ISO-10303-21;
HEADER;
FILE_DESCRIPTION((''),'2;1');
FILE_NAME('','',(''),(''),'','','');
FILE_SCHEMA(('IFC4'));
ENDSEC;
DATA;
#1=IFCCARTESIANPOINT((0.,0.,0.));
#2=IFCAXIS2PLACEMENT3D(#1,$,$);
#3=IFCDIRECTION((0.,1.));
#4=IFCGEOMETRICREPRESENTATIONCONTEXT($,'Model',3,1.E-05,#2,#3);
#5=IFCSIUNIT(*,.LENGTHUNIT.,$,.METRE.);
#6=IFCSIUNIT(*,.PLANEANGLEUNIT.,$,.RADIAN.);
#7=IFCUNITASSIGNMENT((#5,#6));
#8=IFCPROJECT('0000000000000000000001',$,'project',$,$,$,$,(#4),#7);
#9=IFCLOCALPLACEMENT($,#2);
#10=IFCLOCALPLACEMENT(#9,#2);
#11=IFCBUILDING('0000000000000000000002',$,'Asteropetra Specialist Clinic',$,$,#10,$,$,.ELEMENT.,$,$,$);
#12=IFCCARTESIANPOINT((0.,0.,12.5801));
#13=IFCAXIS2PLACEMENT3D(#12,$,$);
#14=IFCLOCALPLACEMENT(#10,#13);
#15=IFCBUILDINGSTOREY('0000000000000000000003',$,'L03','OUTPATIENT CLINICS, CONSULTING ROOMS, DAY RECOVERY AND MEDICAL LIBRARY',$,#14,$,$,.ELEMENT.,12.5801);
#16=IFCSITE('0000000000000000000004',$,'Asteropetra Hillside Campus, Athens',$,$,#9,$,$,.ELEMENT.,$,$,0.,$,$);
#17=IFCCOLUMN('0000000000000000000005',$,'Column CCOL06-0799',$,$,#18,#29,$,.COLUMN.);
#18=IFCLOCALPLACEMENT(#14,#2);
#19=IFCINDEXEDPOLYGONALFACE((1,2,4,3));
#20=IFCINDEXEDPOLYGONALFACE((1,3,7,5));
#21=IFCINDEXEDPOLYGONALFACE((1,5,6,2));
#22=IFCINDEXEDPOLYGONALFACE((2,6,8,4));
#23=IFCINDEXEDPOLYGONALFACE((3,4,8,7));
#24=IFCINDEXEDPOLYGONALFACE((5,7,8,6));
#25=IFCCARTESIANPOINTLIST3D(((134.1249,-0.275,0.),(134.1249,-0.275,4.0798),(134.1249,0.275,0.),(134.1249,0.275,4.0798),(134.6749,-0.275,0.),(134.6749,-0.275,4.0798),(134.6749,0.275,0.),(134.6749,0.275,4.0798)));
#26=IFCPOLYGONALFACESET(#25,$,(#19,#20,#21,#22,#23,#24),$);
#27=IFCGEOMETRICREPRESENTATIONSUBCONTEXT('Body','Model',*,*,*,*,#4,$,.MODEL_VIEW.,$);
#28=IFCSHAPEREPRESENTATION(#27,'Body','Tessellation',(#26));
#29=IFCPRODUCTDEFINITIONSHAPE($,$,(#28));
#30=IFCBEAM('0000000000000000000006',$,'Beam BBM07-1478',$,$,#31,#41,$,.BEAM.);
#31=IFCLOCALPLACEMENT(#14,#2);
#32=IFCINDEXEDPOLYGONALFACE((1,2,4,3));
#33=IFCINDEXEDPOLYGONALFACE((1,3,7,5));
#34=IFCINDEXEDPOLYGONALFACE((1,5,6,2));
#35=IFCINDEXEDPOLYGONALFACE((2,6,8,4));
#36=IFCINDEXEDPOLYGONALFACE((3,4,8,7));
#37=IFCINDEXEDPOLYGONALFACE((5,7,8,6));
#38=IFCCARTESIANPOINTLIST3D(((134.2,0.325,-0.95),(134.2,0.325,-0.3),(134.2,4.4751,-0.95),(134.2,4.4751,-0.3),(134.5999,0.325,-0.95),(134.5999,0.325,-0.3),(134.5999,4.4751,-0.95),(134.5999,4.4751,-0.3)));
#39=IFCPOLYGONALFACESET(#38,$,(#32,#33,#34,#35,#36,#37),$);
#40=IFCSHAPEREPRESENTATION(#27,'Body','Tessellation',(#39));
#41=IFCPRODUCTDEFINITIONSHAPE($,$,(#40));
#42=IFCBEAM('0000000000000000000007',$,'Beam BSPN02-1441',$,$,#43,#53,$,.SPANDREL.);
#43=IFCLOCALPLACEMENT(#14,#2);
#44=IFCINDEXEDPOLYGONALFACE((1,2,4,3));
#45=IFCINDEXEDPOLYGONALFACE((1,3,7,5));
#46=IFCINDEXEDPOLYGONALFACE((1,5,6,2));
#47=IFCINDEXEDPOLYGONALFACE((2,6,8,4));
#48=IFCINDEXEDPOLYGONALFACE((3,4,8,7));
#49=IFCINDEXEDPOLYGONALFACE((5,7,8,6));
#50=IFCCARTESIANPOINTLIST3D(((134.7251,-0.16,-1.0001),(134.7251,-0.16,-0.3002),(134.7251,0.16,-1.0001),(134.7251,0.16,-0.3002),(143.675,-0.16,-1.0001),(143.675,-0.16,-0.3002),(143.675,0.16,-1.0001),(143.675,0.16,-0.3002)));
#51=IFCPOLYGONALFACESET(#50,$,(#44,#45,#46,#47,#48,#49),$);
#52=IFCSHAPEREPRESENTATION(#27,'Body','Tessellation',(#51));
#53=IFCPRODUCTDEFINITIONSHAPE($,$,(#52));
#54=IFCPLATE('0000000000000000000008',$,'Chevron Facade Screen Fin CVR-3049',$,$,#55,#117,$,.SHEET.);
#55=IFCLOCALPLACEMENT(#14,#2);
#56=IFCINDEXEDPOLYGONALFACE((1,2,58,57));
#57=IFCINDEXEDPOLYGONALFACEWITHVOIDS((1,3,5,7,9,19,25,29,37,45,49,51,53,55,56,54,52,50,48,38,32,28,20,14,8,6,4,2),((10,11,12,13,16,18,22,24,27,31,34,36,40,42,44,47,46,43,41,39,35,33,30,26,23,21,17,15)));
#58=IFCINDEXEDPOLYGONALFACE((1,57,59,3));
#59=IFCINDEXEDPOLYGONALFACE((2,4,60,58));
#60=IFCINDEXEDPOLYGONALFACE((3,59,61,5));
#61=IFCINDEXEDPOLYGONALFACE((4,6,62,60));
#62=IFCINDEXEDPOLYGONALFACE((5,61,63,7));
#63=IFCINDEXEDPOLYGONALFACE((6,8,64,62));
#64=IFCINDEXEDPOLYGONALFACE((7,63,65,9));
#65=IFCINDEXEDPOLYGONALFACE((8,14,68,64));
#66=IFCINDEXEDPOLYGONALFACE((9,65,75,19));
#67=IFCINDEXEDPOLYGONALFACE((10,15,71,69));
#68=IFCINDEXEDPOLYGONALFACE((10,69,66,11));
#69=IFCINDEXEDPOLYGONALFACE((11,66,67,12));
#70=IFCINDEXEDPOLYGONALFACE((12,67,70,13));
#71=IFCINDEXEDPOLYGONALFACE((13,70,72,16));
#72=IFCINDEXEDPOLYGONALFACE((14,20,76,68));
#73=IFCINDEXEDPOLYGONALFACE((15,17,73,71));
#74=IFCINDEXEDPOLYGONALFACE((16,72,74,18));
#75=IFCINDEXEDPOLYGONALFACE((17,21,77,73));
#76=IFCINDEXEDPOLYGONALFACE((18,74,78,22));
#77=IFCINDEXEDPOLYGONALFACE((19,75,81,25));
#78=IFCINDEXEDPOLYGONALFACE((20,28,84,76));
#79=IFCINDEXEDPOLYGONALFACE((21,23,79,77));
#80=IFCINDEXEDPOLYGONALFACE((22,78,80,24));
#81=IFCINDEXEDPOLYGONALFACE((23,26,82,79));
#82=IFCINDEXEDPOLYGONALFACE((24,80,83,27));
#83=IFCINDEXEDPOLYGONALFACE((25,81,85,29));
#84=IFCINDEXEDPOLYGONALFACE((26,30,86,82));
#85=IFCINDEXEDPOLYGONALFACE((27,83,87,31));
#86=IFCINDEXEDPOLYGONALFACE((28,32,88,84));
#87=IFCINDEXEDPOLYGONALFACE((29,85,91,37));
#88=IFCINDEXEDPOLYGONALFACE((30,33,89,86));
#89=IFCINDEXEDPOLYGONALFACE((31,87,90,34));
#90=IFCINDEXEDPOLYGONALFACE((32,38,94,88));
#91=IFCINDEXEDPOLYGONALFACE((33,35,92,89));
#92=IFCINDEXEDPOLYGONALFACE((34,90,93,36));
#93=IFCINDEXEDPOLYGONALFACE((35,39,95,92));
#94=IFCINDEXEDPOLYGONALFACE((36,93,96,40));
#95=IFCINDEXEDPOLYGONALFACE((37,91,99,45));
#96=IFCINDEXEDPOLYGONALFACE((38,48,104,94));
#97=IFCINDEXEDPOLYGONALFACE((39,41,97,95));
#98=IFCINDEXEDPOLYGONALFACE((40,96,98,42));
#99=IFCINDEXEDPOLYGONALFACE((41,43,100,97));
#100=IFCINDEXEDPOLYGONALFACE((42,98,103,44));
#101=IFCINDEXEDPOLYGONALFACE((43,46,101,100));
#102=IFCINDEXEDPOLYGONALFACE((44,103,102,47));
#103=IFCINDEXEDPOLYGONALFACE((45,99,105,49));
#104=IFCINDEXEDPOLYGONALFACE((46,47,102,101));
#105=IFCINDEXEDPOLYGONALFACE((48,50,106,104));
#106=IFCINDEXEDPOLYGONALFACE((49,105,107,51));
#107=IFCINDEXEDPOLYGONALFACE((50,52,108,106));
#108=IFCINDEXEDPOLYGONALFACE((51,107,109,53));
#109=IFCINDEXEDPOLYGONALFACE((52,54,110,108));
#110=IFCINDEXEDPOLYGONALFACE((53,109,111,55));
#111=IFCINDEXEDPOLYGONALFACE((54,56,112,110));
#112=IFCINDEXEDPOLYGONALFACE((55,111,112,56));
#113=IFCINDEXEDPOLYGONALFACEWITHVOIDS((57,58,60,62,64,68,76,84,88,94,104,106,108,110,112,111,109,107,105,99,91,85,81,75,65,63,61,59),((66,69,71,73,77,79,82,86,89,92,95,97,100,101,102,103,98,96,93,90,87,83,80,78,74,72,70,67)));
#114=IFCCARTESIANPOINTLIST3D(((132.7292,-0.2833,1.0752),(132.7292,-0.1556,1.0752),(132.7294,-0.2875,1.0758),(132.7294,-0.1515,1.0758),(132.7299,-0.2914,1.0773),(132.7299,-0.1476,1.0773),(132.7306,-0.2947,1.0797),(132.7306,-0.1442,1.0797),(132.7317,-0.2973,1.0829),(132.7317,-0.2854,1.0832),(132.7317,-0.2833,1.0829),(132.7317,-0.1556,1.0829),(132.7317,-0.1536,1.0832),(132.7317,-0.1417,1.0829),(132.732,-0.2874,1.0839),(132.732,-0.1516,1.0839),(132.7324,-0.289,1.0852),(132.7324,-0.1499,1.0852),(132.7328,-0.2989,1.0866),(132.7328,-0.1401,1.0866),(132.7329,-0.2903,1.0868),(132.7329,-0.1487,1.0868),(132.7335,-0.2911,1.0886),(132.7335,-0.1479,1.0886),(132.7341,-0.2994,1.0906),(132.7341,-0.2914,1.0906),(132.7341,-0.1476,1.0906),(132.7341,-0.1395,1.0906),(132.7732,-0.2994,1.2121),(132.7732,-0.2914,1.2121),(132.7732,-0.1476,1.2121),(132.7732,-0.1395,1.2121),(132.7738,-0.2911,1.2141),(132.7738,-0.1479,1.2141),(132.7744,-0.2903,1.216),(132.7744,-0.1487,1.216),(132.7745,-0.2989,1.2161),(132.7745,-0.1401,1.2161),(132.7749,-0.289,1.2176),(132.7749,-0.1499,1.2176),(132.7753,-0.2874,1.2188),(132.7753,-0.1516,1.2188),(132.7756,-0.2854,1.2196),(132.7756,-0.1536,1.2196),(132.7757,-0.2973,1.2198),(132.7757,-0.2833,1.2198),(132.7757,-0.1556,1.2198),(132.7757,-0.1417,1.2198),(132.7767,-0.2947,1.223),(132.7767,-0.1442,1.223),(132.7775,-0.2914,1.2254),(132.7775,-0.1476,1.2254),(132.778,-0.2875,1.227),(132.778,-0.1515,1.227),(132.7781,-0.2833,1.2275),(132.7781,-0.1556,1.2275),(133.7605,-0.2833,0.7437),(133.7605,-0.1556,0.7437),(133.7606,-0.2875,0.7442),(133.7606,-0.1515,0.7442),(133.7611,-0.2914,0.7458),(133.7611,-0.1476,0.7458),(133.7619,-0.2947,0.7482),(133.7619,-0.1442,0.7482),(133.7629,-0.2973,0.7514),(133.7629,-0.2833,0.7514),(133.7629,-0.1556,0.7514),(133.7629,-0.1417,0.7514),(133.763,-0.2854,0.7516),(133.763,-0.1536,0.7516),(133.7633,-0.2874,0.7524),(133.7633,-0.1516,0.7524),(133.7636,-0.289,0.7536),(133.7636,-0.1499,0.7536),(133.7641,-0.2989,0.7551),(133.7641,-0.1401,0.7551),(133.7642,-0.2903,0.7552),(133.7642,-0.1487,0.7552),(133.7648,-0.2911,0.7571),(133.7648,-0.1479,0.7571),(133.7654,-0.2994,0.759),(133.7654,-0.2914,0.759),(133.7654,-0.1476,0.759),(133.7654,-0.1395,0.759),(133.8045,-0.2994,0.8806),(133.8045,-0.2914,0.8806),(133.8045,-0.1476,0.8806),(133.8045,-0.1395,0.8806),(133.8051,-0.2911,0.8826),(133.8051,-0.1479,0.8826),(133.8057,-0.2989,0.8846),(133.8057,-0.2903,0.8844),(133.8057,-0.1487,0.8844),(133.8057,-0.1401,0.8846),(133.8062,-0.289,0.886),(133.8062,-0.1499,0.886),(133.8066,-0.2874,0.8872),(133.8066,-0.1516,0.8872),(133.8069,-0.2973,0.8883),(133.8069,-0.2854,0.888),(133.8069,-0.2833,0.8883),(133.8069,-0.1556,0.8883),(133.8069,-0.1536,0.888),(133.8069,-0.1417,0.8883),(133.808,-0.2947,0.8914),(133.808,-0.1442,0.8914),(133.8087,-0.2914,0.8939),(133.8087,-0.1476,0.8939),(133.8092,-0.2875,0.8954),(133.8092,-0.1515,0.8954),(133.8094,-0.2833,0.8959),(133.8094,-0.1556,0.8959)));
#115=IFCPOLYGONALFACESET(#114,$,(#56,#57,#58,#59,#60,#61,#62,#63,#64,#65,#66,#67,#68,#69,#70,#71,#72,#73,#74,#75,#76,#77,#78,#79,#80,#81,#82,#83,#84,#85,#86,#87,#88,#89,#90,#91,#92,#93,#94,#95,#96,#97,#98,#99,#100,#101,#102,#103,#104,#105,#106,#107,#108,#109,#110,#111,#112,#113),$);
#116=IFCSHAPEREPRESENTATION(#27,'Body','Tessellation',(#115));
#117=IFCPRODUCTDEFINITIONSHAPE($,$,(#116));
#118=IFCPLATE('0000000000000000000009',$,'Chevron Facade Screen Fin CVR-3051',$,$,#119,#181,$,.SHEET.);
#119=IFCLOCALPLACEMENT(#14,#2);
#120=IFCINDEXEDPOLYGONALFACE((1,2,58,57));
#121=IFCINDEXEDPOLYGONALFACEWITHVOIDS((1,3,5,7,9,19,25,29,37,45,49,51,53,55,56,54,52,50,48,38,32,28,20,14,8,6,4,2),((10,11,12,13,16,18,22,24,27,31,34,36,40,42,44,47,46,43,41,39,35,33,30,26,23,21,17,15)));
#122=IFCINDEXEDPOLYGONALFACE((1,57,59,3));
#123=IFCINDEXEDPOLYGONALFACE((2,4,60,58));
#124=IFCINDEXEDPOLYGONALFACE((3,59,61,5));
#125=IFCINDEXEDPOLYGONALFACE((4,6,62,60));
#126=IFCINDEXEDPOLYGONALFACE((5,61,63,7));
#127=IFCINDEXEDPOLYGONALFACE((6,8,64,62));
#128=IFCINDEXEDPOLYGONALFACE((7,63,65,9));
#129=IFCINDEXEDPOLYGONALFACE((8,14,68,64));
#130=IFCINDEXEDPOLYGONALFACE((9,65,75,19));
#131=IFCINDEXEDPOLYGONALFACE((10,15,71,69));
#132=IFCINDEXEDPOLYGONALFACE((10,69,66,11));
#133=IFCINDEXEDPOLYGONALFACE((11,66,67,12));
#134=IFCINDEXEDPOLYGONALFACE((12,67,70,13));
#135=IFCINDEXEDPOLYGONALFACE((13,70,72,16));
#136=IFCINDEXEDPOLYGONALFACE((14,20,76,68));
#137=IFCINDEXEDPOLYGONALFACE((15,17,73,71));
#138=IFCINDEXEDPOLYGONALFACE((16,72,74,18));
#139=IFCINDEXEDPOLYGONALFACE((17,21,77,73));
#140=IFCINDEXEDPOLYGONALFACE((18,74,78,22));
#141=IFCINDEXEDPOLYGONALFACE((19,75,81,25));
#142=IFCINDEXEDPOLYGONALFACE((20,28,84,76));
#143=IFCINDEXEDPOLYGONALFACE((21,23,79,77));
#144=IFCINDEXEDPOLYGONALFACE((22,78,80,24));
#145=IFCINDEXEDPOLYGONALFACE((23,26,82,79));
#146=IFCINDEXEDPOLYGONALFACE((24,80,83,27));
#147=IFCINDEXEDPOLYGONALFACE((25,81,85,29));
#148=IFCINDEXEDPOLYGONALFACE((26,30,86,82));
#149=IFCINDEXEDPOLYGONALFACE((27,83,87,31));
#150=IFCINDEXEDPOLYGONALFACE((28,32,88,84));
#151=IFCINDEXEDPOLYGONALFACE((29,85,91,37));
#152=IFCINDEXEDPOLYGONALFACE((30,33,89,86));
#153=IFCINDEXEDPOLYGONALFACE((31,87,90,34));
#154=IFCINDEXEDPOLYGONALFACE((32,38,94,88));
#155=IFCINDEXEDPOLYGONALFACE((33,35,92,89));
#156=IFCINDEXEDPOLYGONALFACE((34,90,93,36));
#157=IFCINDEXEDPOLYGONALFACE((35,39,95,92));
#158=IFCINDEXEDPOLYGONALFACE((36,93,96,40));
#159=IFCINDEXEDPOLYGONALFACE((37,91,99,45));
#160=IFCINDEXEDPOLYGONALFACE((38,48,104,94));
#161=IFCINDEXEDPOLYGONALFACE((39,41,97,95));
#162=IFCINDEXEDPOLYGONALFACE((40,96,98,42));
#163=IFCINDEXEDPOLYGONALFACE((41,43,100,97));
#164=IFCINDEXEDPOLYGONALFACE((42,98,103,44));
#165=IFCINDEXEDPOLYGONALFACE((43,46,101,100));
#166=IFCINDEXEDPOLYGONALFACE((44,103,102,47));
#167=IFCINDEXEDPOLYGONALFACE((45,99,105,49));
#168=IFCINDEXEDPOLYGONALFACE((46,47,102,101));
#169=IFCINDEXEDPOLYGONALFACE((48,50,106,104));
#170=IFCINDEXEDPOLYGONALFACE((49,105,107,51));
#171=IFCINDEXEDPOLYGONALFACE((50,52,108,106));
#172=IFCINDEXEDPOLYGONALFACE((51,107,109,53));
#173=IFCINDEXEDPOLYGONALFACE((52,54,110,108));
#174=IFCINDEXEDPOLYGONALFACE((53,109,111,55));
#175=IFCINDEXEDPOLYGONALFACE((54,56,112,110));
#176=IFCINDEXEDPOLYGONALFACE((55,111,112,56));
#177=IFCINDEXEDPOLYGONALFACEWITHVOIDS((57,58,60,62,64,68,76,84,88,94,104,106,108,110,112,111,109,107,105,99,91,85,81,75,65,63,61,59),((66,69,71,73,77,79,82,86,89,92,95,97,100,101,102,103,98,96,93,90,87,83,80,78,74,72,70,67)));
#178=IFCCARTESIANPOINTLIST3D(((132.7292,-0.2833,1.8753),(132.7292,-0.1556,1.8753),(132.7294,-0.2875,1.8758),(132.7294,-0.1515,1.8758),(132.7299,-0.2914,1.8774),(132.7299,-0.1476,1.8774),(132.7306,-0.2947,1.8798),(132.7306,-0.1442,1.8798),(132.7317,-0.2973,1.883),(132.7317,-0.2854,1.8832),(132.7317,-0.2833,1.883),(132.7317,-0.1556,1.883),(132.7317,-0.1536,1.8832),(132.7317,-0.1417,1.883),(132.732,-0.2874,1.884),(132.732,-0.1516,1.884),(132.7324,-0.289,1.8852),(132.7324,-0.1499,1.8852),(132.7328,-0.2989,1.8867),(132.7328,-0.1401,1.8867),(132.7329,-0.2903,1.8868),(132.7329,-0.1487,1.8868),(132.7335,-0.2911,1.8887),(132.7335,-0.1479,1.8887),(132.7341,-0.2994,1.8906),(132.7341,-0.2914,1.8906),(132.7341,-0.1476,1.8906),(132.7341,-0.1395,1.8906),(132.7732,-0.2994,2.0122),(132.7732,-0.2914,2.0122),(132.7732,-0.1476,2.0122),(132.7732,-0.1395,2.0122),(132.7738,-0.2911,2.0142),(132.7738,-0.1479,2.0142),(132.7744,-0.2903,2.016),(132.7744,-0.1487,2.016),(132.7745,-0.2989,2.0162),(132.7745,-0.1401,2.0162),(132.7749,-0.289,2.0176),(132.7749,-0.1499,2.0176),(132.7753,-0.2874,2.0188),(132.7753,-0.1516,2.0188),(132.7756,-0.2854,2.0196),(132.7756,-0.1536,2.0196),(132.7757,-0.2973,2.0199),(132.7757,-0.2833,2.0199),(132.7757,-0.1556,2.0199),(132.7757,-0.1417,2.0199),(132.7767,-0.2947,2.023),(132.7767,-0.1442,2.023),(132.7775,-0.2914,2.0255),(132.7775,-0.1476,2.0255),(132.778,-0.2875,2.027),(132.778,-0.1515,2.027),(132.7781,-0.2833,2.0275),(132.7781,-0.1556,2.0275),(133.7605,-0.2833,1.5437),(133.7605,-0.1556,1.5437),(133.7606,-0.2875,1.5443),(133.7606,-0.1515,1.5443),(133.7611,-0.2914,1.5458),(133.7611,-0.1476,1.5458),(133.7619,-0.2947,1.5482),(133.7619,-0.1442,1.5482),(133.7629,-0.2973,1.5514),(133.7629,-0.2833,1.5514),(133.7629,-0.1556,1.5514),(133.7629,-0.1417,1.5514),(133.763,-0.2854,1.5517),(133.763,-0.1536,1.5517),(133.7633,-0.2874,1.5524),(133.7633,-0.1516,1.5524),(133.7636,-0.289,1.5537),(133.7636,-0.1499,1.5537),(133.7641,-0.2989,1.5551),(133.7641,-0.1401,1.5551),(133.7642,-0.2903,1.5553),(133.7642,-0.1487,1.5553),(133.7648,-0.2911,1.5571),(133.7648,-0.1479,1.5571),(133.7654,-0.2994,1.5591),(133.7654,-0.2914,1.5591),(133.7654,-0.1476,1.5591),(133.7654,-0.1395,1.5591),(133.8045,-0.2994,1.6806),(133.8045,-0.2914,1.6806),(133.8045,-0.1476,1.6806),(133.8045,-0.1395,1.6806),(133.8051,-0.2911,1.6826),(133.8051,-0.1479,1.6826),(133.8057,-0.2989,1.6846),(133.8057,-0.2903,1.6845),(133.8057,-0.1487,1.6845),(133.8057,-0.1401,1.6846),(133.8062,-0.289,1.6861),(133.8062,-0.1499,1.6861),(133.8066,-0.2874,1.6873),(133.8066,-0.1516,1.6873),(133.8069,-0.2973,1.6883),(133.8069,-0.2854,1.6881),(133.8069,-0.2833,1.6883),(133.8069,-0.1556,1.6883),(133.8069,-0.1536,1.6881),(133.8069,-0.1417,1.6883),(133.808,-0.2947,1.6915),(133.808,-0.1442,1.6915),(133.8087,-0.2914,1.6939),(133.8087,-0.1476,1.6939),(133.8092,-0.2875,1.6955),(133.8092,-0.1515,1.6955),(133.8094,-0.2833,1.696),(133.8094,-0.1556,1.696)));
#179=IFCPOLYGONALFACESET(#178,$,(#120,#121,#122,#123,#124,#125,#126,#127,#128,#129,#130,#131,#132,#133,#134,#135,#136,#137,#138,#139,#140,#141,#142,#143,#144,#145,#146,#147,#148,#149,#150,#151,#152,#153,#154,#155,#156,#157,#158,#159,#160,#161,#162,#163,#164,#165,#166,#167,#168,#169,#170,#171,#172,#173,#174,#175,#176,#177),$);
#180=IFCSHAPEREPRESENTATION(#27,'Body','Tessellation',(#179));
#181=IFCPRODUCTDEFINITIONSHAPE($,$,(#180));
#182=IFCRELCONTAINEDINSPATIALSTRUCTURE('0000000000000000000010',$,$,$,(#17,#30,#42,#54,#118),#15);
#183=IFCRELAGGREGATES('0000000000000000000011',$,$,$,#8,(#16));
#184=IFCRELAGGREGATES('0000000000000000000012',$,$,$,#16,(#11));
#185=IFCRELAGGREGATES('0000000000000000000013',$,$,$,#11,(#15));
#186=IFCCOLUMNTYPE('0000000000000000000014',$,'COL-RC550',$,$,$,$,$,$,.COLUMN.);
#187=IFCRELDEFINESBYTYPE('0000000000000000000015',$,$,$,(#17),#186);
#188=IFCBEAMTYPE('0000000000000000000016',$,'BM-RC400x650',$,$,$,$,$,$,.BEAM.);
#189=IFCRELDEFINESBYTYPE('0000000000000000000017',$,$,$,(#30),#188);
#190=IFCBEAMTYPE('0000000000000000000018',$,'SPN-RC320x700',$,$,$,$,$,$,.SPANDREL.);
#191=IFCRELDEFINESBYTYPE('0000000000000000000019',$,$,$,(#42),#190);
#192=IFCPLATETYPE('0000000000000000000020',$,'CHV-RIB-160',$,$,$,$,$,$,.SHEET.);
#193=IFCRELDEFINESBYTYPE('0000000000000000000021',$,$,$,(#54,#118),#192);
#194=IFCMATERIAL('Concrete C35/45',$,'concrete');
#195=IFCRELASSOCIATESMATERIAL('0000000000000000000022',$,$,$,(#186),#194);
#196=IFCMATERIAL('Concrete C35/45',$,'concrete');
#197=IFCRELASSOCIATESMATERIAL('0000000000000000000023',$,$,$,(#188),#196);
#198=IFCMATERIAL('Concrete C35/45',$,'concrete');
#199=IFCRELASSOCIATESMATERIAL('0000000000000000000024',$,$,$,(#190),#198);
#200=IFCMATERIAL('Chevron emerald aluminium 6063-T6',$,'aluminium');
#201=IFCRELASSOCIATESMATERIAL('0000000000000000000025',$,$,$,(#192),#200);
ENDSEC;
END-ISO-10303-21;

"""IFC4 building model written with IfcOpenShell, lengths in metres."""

from ifc_helpers import new_model, si_unit, direction, frame, origin, origin_2d, place, context, subcontext, project, spatial, rectangle, hollow_rectangle, extrude, material, material_profile, profile_set, type_object, element, save


model = new_model("IFC4")

# Units and contexts
model_context = context("Model", 3, precision=1e-05, world=origin(), true_north=direction((0.0, 1.0)))
body_context = subcontext(model_context, "Body", "Model", "MODEL_VIEW")
ifc_project = project(units=[si_unit("LENGTHUNIT", "METRE"), si_unit("PLANEANGLEUNIT", "RADIAN")], contexts=[model_context])

# Site, building, storey
site_placement = place(None, origin())
site = spatial("IfcSite", under=ifc_project, at=site_placement, Name="Asteropetra Hillside Campus, Athens", CompositionType="ELEMENT", RefElevation=0.0)
building_placement = place(site_placement, origin())
building = spatial("IfcBuilding", under=site, at=building_placement, Name="Asteropetra Specialist Clinic", CompositionType="ELEMENT")
storey_placement = place(building_placement, frame((0.0, 0.0, 12.5801)))
storey = spatial("IfcBuildingStorey", under=building, at=storey_placement, Name="L03", Description="OUTPATIENT CLINICS, CONSULTING ROOMS, DAY RECOVERY AND MEDICAL LIBRARY", CompositionType="ELEMENT", Elevation=12.5801)

# Column
ifc_material_1 = material(Name="Concrete C35/45", Category="concrete")
ifc_material_profile_1 = material_profile(ifc_material_1, rectangle(XDim=0.55, YDim=0.55, at=origin_2d()), Name="RC 550x550")
ifc_profile_set_1 = profile_set([ifc_material_profile_1], Name="Concrete C35/45")
column_type = type_object("IfcColumnType", Name="COL-RC550", PredefinedType="COLUMN", material=ifc_profile_set_1)
column_placement = place(storey_placement, frame((134.3999, 0.0, 0.0), z_axis=(0.0, 0.0, 1.0), x_axis=(1.0, 0.0, 0.0)))
element("IfcColumn", 1, at=column_placement, inside=storey, type_object=column_type, Name="Column CCOL06-0799", PredefinedType="COLUMN", context=body_context, shape_type="SweptSolid", body=[
    extrude(rectangle(XDim=0.55, YDim=0.55, at=origin_2d()), origin(), (0.0, 0.0, 1.0), 4.0798),
])

# Beams
ifc_material_2 = material(Name="Concrete C35/45", Category="concrete")
ifc_material_profile_2 = material_profile(ifc_material_2, rectangle(XDim=0.3999, YDim=0.6499, at=origin_2d()), Name="RCB 400x650")
ifc_profile_set_2 = profile_set([ifc_material_profile_2], Name="Concrete C35/45")
beam_type_1 = type_object("IfcBeamType", Name="BM-RC400x650", PredefinedType="BEAM", material=ifc_profile_set_2)
beam_1_placement = place(storey_placement, frame((134.3999, 0.325, -0.625), z_axis=(0.0, 1.0, 0.0), x_axis=(-1.0, 0.0, 0.0)))
element("IfcBeam", 2, at=beam_1_placement, inside=storey, type_object=beam_type_1, Name="Beam BBM07-1478", PredefinedType="BEAM", context=body_context, shape_type="SweptSolid", body=[
    extrude(rectangle(XDim=0.3999, YDim=0.6499, at=origin_2d()), origin(), (0.0, 0.0, 1.0), 4.1501),
])
ifc_material_3 = material(Name="Concrete C35/45", Category="concrete")
ifc_material_profile_3 = material_profile(ifc_material_3, rectangle(XDim=0.3201, YDim=0.7, at=origin_2d()), Name="RCS 320x700")
ifc_profile_set_3 = profile_set([ifc_material_profile_3], Name="Concrete C35/45")
beam_type_2 = type_object("IfcBeamType", Name="SPN-RC320x700", PredefinedType="SPANDREL", material=ifc_profile_set_3)
beam_2_placement = place(storey_placement, frame((134.7251, 0.0, -0.6501), z_axis=(1.0, 0.0, 0.0), x_axis=(0.0, 1.0, 0.0)))
element("IfcBeam", 3, at=beam_2_placement, inside=storey, type_object=beam_type_2, Name="Beam BSPN02-1441", PredefinedType="SPANDREL", context=body_context, shape_type="SweptSolid", body=[
    extrude(rectangle(XDim=0.3201, YDim=0.7, at=origin_2d()), origin(), (0.0, 0.0, 1.0), 8.95),
])

# Plates
ifc_material_4 = material(Name="Chevron emerald aluminium 6063-T6", Category="aluminium")
ifc_material_profile_4 = material_profile(ifc_material_4, hollow_rectangle(XDim=0.1599, YDim=0.1599, WallThickness=0.0081, InnerFilletRadius=0.0081, OuterFilletRadius=0.0161, at=origin_2d()), Name="SHS 160x160x8.0")
ifc_profile_set_4 = profile_set([ifc_material_profile_4], Name="Chevron emerald aluminium 6063-T6")
plate_type_1 = type_object("IfcPlateType", Name="CHV-RIB-160", PredefinedType="SHEET", material=ifc_profile_set_4)
for number, where, z_axis, x_axis, name in (
    (4, (132.7537, -0.2195, 1.1514), (0.95201, 0.0, -0.306068), (0.0, 1.0, 0.0), "Chevron Facade Screen Fin CVR-3049"),
    (5, (132.7537, -0.2195, 1.9514), (0.95201, 0.0, -0.306068), (0.0, 1.0, 0.0), "Chevron Facade Screen Fin CVR-3051"),
):
    element("IfcPlate", number, at=place(storey_placement, frame(where, z_axis=z_axis, x_axis=x_axis)), inside=storey, type_object=plate_type_1, Name=name, PredefinedType="SHEET", context=body_context, shape_type="SweptSolid", body=[
        extrude(hollow_rectangle(XDim=0.1599, YDim=0.1599, WallThickness=0.0081, InnerFilletRadius=0.0081, OuterFilletRadius=0.0161, at=origin_2d()), origin(), (0.0, 0.0, 1.0), 1.0833),
    ])

save(model, "model.ifc")
